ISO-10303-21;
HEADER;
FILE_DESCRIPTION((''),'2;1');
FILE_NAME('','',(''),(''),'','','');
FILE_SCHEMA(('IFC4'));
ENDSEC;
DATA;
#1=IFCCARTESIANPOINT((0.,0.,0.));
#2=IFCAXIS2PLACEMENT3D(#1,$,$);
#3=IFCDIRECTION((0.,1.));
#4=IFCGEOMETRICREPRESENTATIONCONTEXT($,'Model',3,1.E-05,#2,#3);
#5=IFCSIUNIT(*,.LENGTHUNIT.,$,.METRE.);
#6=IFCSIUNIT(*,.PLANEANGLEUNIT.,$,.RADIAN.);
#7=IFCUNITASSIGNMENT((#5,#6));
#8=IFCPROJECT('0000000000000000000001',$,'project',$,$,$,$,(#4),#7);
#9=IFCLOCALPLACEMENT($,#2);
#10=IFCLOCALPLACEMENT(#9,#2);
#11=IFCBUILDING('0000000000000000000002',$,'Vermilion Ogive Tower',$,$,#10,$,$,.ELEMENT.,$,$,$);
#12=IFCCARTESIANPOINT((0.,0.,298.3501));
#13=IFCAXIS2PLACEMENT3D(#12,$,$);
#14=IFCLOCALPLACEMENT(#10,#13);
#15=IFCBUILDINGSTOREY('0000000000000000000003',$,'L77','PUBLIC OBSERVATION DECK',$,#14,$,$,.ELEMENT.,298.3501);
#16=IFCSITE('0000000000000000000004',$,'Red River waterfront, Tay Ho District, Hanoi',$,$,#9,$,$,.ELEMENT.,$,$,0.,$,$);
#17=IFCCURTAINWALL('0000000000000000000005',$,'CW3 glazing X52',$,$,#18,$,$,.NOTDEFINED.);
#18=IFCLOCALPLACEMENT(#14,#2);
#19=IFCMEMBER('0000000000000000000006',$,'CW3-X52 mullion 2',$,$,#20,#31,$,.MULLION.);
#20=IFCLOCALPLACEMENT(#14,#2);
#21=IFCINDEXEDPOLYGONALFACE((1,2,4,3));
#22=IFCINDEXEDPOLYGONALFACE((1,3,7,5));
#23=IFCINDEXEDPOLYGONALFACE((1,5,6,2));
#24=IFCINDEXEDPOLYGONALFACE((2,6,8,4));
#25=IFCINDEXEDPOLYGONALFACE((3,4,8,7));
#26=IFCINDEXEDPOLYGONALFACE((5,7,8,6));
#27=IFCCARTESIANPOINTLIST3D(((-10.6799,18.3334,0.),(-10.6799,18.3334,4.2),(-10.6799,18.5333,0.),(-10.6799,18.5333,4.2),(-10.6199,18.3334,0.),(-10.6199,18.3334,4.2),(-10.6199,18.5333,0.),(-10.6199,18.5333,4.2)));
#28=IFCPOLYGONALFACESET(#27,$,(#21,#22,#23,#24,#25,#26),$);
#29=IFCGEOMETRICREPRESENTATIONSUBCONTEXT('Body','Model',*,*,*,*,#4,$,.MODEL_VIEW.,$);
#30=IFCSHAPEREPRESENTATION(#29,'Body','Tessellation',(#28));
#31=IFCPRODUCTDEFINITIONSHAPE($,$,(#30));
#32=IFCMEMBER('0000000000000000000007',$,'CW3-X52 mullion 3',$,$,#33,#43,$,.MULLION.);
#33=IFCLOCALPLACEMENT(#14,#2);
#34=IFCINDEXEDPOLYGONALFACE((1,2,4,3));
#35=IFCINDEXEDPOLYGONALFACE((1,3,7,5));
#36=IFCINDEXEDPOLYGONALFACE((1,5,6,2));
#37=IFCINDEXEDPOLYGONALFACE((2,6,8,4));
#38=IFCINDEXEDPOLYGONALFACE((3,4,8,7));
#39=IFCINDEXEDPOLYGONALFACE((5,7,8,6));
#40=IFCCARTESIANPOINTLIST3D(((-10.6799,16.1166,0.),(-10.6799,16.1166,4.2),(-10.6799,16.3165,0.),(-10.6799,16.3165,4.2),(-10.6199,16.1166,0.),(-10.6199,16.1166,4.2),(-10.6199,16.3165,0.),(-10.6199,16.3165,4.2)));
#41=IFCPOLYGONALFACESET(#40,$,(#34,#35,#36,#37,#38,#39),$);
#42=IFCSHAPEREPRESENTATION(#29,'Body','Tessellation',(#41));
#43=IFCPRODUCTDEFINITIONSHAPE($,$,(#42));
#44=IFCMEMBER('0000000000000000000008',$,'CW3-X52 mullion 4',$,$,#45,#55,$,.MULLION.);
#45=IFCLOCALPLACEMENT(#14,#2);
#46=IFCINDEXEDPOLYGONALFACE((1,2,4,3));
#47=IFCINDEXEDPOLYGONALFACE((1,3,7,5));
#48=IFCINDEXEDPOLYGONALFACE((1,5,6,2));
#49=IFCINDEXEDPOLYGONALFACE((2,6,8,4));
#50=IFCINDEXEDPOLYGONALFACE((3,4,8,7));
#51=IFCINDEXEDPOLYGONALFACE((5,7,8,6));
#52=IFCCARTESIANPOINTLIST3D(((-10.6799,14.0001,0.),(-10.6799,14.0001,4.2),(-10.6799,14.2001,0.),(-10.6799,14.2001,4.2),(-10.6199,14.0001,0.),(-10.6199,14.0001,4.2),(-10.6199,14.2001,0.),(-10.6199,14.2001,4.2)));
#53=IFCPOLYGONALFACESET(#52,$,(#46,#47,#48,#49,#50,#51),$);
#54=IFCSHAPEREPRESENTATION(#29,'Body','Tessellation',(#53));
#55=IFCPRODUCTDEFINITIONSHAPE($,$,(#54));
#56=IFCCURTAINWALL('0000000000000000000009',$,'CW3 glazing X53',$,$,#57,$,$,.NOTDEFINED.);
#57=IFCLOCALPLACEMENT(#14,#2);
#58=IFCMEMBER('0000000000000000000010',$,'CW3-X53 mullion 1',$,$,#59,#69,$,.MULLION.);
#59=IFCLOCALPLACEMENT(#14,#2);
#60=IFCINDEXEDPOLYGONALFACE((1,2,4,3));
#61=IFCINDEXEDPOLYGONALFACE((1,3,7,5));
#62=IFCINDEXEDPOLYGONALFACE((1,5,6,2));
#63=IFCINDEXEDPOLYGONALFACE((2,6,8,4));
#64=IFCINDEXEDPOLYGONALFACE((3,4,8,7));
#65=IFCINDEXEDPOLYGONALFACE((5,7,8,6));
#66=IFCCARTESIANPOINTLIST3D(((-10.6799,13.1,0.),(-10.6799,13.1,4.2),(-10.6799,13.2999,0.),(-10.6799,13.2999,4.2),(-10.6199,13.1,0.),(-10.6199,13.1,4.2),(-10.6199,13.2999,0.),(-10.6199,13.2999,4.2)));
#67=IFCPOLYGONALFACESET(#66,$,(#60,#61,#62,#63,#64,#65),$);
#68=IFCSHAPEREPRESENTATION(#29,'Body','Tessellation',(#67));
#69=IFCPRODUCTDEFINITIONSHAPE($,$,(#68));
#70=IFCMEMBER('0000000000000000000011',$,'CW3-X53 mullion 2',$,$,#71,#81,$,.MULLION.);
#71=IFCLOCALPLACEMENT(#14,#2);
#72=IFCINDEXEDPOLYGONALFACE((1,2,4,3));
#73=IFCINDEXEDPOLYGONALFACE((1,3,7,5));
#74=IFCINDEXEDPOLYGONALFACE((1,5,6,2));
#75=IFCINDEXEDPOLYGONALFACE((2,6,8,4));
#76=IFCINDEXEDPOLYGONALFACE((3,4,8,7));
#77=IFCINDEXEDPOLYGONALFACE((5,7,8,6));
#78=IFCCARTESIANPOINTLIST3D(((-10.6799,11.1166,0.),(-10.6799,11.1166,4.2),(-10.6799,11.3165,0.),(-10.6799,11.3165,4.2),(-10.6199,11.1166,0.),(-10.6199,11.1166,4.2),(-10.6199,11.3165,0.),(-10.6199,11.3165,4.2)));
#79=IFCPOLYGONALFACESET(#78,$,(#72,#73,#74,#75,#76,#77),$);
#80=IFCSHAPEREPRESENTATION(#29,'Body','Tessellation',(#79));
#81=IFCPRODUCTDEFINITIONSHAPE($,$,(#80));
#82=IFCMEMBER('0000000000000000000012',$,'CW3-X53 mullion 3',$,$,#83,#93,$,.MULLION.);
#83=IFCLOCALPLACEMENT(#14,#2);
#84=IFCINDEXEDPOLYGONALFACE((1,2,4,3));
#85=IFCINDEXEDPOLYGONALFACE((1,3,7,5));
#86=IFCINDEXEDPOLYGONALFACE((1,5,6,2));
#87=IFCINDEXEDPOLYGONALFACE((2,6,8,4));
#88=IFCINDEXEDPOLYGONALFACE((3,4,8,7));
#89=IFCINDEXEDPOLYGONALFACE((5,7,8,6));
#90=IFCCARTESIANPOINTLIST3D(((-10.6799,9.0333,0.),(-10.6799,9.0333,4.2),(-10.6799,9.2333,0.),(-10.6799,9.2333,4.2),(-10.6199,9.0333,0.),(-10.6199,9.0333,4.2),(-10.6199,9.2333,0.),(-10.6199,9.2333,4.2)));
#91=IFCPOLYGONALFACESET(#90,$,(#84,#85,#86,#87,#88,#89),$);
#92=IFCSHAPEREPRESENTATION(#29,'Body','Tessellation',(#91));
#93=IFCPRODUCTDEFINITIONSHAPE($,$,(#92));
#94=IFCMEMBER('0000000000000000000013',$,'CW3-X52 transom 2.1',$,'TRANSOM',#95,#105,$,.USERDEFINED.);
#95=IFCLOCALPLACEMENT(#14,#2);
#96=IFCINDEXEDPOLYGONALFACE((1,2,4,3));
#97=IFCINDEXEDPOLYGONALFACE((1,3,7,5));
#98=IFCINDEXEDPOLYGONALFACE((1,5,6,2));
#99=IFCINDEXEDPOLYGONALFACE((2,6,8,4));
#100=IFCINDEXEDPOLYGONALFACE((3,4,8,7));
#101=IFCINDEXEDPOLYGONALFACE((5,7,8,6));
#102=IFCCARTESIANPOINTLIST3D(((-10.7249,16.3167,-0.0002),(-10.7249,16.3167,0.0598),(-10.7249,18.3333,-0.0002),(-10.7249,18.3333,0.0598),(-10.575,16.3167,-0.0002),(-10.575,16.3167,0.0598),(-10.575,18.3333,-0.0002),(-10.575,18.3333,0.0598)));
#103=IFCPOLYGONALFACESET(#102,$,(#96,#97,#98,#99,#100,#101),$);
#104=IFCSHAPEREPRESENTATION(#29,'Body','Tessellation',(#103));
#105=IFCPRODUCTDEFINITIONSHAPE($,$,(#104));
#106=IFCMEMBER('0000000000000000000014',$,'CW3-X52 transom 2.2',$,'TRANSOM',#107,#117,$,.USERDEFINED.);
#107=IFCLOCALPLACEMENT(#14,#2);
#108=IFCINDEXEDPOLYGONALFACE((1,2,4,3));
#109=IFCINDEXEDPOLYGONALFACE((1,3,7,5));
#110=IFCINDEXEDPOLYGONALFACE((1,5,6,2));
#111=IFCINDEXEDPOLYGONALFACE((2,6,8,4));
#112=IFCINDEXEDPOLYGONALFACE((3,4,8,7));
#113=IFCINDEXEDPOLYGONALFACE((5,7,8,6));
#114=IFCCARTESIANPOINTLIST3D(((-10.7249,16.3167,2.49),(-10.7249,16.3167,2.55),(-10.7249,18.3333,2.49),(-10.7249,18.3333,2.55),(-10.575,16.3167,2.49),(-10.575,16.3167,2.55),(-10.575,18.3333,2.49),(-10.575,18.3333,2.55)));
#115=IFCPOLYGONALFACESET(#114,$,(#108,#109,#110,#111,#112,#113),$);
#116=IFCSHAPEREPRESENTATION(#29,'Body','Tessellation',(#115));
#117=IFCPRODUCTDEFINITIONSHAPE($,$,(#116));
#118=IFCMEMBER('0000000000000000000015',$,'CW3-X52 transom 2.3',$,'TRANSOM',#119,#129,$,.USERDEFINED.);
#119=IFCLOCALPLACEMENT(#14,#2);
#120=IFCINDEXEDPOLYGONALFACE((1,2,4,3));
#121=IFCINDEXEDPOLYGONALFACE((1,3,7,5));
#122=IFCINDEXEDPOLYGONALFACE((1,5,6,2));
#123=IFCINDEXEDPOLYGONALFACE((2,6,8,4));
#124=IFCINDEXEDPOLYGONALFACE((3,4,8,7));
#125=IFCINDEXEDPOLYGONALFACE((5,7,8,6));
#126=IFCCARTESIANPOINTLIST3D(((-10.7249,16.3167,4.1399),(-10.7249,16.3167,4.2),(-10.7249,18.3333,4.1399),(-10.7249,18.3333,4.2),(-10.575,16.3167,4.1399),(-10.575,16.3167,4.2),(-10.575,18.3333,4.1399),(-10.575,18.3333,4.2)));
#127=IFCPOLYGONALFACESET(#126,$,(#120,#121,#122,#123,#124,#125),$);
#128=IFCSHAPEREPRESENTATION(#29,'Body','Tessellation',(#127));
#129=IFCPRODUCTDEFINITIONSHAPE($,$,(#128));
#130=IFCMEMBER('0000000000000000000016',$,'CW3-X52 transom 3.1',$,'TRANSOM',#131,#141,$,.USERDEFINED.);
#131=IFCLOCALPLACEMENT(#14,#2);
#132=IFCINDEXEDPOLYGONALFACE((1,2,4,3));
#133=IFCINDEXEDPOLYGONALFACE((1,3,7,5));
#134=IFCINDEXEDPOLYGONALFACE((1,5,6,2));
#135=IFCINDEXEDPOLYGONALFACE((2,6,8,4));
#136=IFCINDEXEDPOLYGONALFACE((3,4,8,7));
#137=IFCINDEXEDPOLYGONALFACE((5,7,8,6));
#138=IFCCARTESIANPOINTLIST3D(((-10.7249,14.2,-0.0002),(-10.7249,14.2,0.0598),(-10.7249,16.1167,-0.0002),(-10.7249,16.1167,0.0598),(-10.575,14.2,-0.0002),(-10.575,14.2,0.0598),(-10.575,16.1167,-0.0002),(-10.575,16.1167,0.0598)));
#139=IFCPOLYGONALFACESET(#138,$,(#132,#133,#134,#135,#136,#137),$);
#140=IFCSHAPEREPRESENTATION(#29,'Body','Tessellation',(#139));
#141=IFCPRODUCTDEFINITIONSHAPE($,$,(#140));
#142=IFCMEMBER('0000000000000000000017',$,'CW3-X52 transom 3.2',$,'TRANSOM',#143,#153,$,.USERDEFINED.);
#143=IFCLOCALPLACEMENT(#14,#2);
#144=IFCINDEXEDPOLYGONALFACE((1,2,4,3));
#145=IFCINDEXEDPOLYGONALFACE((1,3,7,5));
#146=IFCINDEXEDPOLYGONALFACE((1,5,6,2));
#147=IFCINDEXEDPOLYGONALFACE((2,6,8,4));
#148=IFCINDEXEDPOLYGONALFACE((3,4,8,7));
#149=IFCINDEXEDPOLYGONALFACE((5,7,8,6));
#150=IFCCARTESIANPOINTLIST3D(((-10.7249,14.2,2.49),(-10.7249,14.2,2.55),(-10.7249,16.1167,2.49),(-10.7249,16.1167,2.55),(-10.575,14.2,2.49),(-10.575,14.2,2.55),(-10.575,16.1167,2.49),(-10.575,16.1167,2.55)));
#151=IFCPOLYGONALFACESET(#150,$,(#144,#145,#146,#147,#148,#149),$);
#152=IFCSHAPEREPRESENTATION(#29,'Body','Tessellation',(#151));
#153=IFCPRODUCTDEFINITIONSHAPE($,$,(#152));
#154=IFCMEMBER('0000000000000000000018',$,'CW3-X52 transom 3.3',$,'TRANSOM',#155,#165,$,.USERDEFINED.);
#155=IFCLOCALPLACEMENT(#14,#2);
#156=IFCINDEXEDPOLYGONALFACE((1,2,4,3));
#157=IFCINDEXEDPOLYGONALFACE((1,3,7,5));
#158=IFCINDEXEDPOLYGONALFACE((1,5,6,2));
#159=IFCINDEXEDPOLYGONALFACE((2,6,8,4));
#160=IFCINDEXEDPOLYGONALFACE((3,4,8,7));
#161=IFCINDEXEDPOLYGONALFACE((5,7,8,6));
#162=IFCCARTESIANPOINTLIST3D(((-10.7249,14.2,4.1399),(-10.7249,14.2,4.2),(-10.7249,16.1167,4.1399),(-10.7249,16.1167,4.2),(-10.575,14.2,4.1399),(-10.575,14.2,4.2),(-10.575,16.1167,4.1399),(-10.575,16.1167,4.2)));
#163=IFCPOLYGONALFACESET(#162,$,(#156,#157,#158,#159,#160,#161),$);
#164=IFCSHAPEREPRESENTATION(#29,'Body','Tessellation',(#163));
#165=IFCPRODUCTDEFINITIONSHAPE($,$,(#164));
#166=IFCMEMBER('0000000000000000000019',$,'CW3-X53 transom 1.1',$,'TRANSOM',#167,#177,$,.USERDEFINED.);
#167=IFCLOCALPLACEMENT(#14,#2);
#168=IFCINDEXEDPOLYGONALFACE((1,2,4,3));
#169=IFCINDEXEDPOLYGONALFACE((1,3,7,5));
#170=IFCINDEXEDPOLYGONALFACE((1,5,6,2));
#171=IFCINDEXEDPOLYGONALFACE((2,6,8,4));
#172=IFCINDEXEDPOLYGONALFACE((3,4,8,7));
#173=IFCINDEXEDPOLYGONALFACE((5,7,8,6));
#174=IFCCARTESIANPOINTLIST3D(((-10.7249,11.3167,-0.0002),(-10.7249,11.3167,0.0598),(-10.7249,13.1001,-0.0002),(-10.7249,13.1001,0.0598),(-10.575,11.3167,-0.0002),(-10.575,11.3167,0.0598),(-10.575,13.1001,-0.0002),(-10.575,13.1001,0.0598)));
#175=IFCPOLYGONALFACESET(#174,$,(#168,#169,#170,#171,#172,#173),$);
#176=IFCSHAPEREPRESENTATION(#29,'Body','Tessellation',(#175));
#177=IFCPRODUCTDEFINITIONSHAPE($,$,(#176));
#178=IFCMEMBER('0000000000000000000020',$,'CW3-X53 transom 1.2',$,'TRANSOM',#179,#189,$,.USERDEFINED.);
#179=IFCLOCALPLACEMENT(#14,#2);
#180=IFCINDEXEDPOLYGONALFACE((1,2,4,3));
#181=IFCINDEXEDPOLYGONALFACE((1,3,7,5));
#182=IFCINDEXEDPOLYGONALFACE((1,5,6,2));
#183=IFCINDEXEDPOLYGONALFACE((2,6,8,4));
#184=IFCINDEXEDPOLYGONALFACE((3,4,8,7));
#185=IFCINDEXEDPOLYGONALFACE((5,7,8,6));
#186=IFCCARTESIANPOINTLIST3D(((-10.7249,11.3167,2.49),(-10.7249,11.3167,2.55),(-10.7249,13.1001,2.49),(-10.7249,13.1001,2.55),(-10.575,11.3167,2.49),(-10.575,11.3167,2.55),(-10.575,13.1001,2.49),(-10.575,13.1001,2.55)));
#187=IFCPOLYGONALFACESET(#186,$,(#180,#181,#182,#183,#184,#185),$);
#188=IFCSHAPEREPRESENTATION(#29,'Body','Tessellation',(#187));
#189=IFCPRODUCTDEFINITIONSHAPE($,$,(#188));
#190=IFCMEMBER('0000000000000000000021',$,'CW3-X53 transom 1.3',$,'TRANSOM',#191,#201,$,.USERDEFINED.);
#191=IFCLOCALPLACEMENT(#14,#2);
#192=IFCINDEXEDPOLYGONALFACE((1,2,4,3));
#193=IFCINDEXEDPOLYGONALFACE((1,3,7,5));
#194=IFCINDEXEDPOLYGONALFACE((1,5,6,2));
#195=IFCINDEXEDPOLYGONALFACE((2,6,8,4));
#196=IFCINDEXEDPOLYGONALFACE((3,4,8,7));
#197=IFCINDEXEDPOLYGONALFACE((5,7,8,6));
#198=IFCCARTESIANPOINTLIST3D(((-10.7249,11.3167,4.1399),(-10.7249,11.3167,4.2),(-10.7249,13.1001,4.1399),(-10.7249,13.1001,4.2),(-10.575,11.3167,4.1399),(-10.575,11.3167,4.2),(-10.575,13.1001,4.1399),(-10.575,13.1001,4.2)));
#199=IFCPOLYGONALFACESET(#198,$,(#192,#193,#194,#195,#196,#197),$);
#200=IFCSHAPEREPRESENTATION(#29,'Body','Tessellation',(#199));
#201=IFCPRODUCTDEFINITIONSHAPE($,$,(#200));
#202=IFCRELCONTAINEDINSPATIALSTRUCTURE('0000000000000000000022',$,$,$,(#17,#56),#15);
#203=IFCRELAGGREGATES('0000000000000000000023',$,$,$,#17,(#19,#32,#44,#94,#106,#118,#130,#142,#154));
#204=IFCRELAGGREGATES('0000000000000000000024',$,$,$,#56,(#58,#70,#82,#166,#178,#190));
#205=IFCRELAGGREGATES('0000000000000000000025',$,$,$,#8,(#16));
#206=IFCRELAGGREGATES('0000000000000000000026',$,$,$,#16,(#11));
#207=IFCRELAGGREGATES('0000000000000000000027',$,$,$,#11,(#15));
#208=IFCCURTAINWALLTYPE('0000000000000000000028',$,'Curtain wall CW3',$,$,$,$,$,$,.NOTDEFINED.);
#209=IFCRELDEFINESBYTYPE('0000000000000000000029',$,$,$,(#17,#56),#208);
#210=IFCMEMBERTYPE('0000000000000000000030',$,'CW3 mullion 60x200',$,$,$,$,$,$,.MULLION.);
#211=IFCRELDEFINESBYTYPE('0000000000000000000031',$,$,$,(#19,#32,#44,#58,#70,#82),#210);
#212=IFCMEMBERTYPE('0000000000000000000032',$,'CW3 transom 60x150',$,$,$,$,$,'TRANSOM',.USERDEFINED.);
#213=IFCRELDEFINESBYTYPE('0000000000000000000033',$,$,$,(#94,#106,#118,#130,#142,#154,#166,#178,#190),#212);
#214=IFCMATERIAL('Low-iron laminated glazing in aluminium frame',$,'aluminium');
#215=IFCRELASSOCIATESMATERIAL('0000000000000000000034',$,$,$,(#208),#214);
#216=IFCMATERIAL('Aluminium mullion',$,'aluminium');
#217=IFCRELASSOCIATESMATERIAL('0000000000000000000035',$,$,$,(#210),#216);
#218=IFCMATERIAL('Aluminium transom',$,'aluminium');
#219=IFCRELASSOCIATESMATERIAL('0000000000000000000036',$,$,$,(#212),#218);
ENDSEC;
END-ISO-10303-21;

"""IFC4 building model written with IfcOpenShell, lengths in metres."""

from ifc_helpers import new_model, si_unit, direction, frame, origin, origin_2d, place, context, subcontext, project, spatial, rectangle, extrude, material, material_profile, profile_set, type_object, element, aggregate, save


model = new_model("IFC4")

# Units and contexts
model_context = context("Model", 3, precision=1e-05, world=origin(), true_north=direction((0.0, 1.0)))
body_context = subcontext(model_context, "Body", "Model", "MODEL_VIEW")
ifc_project = project(units=[si_unit("LENGTHUNIT", "METRE"), si_unit("PLANEANGLEUNIT", "RADIAN")], contexts=[model_context])

# Site, building, storey
site_placement = place(None, origin())
site = spatial("IfcSite", under=ifc_project, at=site_placement, Name="Red River waterfront, Tay Ho District, Hanoi", CompositionType="ELEMENT", RefElevation=0.0)
building_placement = place(site_placement, origin())
building = spatial("IfcBuilding", under=site, at=building_placement, Name="Vermilion Ogive Tower", CompositionType="ELEMENT")
storey_placement = place(building_placement, frame((0.0, 0.0, 298.3501)))
storey = spatial("IfcBuildingStorey", under=building, at=storey_placement, Name="L77", Description="PUBLIC OBSERVATION DECK", CompositionType="ELEMENT", Elevation=298.3501)

# Curtain walls, members
ifc_material_1 = material(Name="Low-iron laminated glazing in aluminium frame", Category="aluminium")
curtain_wall_type = type_object("IfcCurtainWallType", Name="Curtain wall CW3", PredefinedType="NOTDEFINED", material=ifc_material_1)
curtain_wall_1_placement = place(storey_placement, origin())
curtain_wall_1 = element("IfcCurtainWall", 1, at=curtain_wall_1_placement, inside=storey, type_object=curtain_wall_type, Name="CW3 glazing X52", PredefinedType="NOTDEFINED")
ifc_material_2 = material(Name="Aluminium mullion", Category="aluminium")
ifc_material_profile_1 = material_profile(ifc_material_2, rectangle(XDim=0.0601, YDim=0.2, at=origin_2d()), Name="AL 60x200")
ifc_profile_set_1 = profile_set([ifc_material_profile_1], Name="Aluminium mullion")
member_type_1 = type_object("IfcMemberType", Name="CW3 mullion 60x200", PredefinedType="MULLION", material=ifc_profile_set_1)
member_1_placement = place(storey_placement, frame((-10.6499, 18.4333, 0.0), z_axis=(0.0, 0.0, 1.0), x_axis=(1.0, 0.0, 0.0)))
member_1 = element("IfcMember", 2, at=member_1_placement, type_object=member_type_1, Name="CW3-X52 mullion 2", PredefinedType="MULLION", context=body_context, shape_type="SweptSolid", body=[
    extrude(rectangle(XDim=0.0601, YDim=0.2, at=origin_2d()), origin(), (0.0, 0.0, 1.0), 4.2),
])
member_2_placement = place(storey_placement, frame((-10.6499, 16.2166, 0.0), z_axis=(0.0, 0.0, 1.0), x_axis=(1.0, 0.0, 0.0)))
member_2 = element("IfcMember", 3, at=member_2_placement, type_object=member_type_1, Name="CW3-X52 mullion 3", PredefinedType="MULLION", context=body_context, shape_type="SweptSolid", body=[
    extrude(rectangle(XDim=0.0601, YDim=0.2, at=origin_2d()), origin(), (0.0, 0.0, 1.0), 4.2),
])
member_3_placement = place(storey_placement, frame((-10.6499, 14.1001, 0.0), z_axis=(0.0, 0.0, 1.0), x_axis=(1.0, 0.0, 0.0)))
member_3 = element("IfcMember", 4, at=member_3_placement, type_object=member_type_1, Name="CW3-X52 mullion 4", PredefinedType="MULLION", context=body_context, shape_type="SweptSolid", body=[
    extrude(rectangle(XDim=0.0601, YDim=0.2, at=origin_2d()), origin(), (0.0, 0.0, 1.0), 4.2),
])
curtain_wall_2_placement = place(storey_placement, origin())
curtain_wall_2 = element("IfcCurtainWall", 5, at=curtain_wall_2_placement, inside=storey, type_object=curtain_wall_type, Name="CW3 glazing X53", PredefinedType="NOTDEFINED")
member_4_placement = place(storey_placement, frame((-10.6499, 13.2, 0.0), z_axis=(0.0, 0.0, 1.0), x_axis=(1.0, 0.0, 0.0)))
member_4 = element("IfcMember", 6, at=member_4_placement, type_object=member_type_1, Name="CW3-X53 mullion 1", PredefinedType="MULLION", context=body_context, shape_type="SweptSolid", body=[
    extrude(rectangle(XDim=0.0601, YDim=0.2, at=origin_2d()), origin(), (0.0, 0.0, 1.0), 4.2),
])
member_5_placement = place(storey_placement, frame((-10.6499, 11.2166, 0.0), z_axis=(0.0, 0.0, 1.0), x_axis=(1.0, 0.0, 0.0)))
member_5 = element("IfcMember", 7, at=member_5_placement, type_object=member_type_1, Name="CW3-X53 mullion 2", PredefinedType="MULLION", context=body_context, shape_type="SweptSolid", body=[
    extrude(rectangle(XDim=0.0601, YDim=0.2, at=origin_2d()), origin(), (0.0, 0.0, 1.0), 4.2),
])
member_6_placement = place(storey_placement, frame((-10.6499, 9.1333, 0.0), z_axis=(0.0, 0.0, 1.0), x_axis=(1.0, 0.0, 0.0)))
member_6 = element("IfcMember", 8, at=member_6_placement, type_object=member_type_1, Name="CW3-X53 mullion 3", PredefinedType="MULLION", context=body_context, shape_type="SweptSolid", body=[
    extrude(rectangle(XDim=0.0601, YDim=0.2, at=origin_2d()), origin(), (0.0, 0.0, 1.0), 4.2),
])

# Members
ifc_material_3 = material(Name="Aluminium transom", Category="aluminium")
ifc_material_profile_2 = material_profile(ifc_material_3, rectangle(XDim=0.1499, YDim=0.0601, at=origin_2d()), Name="AL 60x150")
ifc_profile_set_2 = profile_set([ifc_material_profile_2], Name="Aluminium transom")
member_type_2 = type_object("IfcMemberType", Name="CW3 transom 60x150", ElementType="TRANSOM", PredefinedType="USERDEFINED", material=ifc_profile_set_2)
member_7_placement = place(storey_placement, frame((-10.6499, 18.3333, 0.0298), z_axis=(0.0, -1.0, 0.0), x_axis=(1.0, 0.0, 0.0)))
member_7 = element("IfcMember", 9, at=member_7_placement, type_object=member_type_2, Name="CW3-X52 transom 2.1", ObjectType="TRANSOM", PredefinedType="USERDEFINED", context=body_context, shape_type="SweptSolid", body=[
    extrude(rectangle(XDim=0.1499, YDim=0.0601, at=origin_2d()), origin(), (0.0, 0.0, 1.0), 2.0166),
])
member_8_placement = place(storey_placement, frame((-10.6499, 18.3333, 2.52), z_axis=(0.0, -1.0, 0.0), x_axis=(1.0, 0.0, 0.0)))
member_8 = element("IfcMember", 10, at=member_8_placement, type_object=member_type_2, Name="CW3-X52 transom 2.2", ObjectType="TRANSOM", PredefinedType="USERDEFINED", context=body_context, shape_type="SweptSolid", body=[
    extrude(rectangle(XDim=0.1499, YDim=0.0601, at=origin_2d()), origin(), (0.0, 0.0, 1.0), 2.0166),
])
member_9_placement = place(storey_placement, frame((-10.6499, 18.3333, 4.1699), z_axis=(0.0, -1.0, 0.0), x_axis=(1.0, 0.0, 0.0)))
member_9 = element("IfcMember", 11, at=member_9_placement, type_object=member_type_2, Name="CW3-X52 transom 2.3", ObjectType="TRANSOM", PredefinedType="USERDEFINED", context=body_context, shape_type="SweptSolid", body=[
    extrude(rectangle(XDim=0.1499, YDim=0.0601, at=origin_2d()), origin(), (0.0, 0.0, 1.0), 2.0166),
])
member_10_placement = place(storey_placement, frame((-10.6499, 16.1167, 0.0298), z_axis=(0.0, -1.0, 0.0), x_axis=(1.0, 0.0, 0.0)))
member_10 = element("IfcMember", 12, at=member_10_placement, type_object=member_type_2, Name="CW3-X52 transom 3.1", ObjectType="TRANSOM", PredefinedType="USERDEFINED", context=body_context, shape_type="SweptSolid", body=[
    extrude(rectangle(XDim=0.1499, YDim=0.0601, at=origin_2d()), origin(), (0.0, 0.0, 1.0), 1.9167),
])
member_11_placement = place(storey_placement, frame((-10.6499, 16.1167, 2.52), z_axis=(0.0, -1.0, 0.0), x_axis=(1.0, 0.0, 0.0)))
member_11 = element("IfcMember", 13, at=member_11_placement, type_object=member_type_2, Name="CW3-X52 transom 3.2", ObjectType="TRANSOM", PredefinedType="USERDEFINED", context=body_context, shape_type="SweptSolid", body=[
    extrude(rectangle(XDim=0.1499, YDim=0.0601, at=origin_2d()), origin(), (0.0, 0.0, 1.0), 1.9167),
])
member_12_placement = place(storey_placement, frame((-10.6499, 16.1167, 4.1699), z_axis=(0.0, -1.0, 0.0), x_axis=(1.0, 0.0, 0.0)))
member_12 = element("IfcMember", 14, at=member_12_placement, type_object=member_type_2, Name="CW3-X52 transom 3.3", ObjectType="TRANSOM", PredefinedType="USERDEFINED", context=body_context, shape_type="SweptSolid", body=[
    extrude(rectangle(XDim=0.1499, YDim=0.0601, at=origin_2d()), origin(), (0.0, 0.0, 1.0), 1.9167),
])
member_13_placement = place(storey_placement, frame((-10.6499, 13.1001, 0.0298), z_axis=(0.0, -1.0, 0.0), x_axis=(1.0, 0.0, 0.0)))
member_13 = element("IfcMember", 15, at=member_13_placement, type_object=member_type_2, Name="CW3-X53 transom 1.1", ObjectType="TRANSOM", PredefinedType="USERDEFINED", context=body_context, shape_type="SweptSolid", body=[
    extrude(rectangle(XDim=0.1499, YDim=0.0601, at=origin_2d()), origin(), (0.0, 0.0, 1.0), 1.7834),
])
member_14_placement = place(storey_placement, frame((-10.6499, 13.1001, 2.52), z_axis=(0.0, -1.0, 0.0), x_axis=(1.0, 0.0, 0.0)))
member_14 = element("IfcMember", 16, at=member_14_placement, type_object=member_type_2, Name="CW3-X53 transom 1.2", ObjectType="TRANSOM", PredefinedType="USERDEFINED", context=body_context, shape_type="SweptSolid", body=[
    extrude(rectangle(XDim=0.1499, YDim=0.0601, at=origin_2d()), origin(), (0.0, 0.0, 1.0), 1.7834),
])
member_15_placement = place(storey_placement, frame((-10.6499, 13.1001, 4.1699), z_axis=(0.0, -1.0, 0.0), x_axis=(1.0, 0.0, 0.0)))
member_15 = element("IfcMember", 17, at=member_15_placement, type_object=member_type_2, Name="CW3-X53 transom 1.3", ObjectType="TRANSOM", PredefinedType="USERDEFINED", context=body_context, shape_type="SweptSolid", body=[
    extrude(rectangle(XDim=0.1499, YDim=0.0601, at=origin_2d()), origin(), (0.0, 0.0, 1.0), 1.7834),
])

aggregate(curtain_wall_1, [member_1, member_2, member_3, member_7, member_8, member_9, member_10, member_11, member_12])
aggregate(curtain_wall_2, [member_4, member_5, member_6, member_13, member_14, member_15])

save(model, "model.ifc")
